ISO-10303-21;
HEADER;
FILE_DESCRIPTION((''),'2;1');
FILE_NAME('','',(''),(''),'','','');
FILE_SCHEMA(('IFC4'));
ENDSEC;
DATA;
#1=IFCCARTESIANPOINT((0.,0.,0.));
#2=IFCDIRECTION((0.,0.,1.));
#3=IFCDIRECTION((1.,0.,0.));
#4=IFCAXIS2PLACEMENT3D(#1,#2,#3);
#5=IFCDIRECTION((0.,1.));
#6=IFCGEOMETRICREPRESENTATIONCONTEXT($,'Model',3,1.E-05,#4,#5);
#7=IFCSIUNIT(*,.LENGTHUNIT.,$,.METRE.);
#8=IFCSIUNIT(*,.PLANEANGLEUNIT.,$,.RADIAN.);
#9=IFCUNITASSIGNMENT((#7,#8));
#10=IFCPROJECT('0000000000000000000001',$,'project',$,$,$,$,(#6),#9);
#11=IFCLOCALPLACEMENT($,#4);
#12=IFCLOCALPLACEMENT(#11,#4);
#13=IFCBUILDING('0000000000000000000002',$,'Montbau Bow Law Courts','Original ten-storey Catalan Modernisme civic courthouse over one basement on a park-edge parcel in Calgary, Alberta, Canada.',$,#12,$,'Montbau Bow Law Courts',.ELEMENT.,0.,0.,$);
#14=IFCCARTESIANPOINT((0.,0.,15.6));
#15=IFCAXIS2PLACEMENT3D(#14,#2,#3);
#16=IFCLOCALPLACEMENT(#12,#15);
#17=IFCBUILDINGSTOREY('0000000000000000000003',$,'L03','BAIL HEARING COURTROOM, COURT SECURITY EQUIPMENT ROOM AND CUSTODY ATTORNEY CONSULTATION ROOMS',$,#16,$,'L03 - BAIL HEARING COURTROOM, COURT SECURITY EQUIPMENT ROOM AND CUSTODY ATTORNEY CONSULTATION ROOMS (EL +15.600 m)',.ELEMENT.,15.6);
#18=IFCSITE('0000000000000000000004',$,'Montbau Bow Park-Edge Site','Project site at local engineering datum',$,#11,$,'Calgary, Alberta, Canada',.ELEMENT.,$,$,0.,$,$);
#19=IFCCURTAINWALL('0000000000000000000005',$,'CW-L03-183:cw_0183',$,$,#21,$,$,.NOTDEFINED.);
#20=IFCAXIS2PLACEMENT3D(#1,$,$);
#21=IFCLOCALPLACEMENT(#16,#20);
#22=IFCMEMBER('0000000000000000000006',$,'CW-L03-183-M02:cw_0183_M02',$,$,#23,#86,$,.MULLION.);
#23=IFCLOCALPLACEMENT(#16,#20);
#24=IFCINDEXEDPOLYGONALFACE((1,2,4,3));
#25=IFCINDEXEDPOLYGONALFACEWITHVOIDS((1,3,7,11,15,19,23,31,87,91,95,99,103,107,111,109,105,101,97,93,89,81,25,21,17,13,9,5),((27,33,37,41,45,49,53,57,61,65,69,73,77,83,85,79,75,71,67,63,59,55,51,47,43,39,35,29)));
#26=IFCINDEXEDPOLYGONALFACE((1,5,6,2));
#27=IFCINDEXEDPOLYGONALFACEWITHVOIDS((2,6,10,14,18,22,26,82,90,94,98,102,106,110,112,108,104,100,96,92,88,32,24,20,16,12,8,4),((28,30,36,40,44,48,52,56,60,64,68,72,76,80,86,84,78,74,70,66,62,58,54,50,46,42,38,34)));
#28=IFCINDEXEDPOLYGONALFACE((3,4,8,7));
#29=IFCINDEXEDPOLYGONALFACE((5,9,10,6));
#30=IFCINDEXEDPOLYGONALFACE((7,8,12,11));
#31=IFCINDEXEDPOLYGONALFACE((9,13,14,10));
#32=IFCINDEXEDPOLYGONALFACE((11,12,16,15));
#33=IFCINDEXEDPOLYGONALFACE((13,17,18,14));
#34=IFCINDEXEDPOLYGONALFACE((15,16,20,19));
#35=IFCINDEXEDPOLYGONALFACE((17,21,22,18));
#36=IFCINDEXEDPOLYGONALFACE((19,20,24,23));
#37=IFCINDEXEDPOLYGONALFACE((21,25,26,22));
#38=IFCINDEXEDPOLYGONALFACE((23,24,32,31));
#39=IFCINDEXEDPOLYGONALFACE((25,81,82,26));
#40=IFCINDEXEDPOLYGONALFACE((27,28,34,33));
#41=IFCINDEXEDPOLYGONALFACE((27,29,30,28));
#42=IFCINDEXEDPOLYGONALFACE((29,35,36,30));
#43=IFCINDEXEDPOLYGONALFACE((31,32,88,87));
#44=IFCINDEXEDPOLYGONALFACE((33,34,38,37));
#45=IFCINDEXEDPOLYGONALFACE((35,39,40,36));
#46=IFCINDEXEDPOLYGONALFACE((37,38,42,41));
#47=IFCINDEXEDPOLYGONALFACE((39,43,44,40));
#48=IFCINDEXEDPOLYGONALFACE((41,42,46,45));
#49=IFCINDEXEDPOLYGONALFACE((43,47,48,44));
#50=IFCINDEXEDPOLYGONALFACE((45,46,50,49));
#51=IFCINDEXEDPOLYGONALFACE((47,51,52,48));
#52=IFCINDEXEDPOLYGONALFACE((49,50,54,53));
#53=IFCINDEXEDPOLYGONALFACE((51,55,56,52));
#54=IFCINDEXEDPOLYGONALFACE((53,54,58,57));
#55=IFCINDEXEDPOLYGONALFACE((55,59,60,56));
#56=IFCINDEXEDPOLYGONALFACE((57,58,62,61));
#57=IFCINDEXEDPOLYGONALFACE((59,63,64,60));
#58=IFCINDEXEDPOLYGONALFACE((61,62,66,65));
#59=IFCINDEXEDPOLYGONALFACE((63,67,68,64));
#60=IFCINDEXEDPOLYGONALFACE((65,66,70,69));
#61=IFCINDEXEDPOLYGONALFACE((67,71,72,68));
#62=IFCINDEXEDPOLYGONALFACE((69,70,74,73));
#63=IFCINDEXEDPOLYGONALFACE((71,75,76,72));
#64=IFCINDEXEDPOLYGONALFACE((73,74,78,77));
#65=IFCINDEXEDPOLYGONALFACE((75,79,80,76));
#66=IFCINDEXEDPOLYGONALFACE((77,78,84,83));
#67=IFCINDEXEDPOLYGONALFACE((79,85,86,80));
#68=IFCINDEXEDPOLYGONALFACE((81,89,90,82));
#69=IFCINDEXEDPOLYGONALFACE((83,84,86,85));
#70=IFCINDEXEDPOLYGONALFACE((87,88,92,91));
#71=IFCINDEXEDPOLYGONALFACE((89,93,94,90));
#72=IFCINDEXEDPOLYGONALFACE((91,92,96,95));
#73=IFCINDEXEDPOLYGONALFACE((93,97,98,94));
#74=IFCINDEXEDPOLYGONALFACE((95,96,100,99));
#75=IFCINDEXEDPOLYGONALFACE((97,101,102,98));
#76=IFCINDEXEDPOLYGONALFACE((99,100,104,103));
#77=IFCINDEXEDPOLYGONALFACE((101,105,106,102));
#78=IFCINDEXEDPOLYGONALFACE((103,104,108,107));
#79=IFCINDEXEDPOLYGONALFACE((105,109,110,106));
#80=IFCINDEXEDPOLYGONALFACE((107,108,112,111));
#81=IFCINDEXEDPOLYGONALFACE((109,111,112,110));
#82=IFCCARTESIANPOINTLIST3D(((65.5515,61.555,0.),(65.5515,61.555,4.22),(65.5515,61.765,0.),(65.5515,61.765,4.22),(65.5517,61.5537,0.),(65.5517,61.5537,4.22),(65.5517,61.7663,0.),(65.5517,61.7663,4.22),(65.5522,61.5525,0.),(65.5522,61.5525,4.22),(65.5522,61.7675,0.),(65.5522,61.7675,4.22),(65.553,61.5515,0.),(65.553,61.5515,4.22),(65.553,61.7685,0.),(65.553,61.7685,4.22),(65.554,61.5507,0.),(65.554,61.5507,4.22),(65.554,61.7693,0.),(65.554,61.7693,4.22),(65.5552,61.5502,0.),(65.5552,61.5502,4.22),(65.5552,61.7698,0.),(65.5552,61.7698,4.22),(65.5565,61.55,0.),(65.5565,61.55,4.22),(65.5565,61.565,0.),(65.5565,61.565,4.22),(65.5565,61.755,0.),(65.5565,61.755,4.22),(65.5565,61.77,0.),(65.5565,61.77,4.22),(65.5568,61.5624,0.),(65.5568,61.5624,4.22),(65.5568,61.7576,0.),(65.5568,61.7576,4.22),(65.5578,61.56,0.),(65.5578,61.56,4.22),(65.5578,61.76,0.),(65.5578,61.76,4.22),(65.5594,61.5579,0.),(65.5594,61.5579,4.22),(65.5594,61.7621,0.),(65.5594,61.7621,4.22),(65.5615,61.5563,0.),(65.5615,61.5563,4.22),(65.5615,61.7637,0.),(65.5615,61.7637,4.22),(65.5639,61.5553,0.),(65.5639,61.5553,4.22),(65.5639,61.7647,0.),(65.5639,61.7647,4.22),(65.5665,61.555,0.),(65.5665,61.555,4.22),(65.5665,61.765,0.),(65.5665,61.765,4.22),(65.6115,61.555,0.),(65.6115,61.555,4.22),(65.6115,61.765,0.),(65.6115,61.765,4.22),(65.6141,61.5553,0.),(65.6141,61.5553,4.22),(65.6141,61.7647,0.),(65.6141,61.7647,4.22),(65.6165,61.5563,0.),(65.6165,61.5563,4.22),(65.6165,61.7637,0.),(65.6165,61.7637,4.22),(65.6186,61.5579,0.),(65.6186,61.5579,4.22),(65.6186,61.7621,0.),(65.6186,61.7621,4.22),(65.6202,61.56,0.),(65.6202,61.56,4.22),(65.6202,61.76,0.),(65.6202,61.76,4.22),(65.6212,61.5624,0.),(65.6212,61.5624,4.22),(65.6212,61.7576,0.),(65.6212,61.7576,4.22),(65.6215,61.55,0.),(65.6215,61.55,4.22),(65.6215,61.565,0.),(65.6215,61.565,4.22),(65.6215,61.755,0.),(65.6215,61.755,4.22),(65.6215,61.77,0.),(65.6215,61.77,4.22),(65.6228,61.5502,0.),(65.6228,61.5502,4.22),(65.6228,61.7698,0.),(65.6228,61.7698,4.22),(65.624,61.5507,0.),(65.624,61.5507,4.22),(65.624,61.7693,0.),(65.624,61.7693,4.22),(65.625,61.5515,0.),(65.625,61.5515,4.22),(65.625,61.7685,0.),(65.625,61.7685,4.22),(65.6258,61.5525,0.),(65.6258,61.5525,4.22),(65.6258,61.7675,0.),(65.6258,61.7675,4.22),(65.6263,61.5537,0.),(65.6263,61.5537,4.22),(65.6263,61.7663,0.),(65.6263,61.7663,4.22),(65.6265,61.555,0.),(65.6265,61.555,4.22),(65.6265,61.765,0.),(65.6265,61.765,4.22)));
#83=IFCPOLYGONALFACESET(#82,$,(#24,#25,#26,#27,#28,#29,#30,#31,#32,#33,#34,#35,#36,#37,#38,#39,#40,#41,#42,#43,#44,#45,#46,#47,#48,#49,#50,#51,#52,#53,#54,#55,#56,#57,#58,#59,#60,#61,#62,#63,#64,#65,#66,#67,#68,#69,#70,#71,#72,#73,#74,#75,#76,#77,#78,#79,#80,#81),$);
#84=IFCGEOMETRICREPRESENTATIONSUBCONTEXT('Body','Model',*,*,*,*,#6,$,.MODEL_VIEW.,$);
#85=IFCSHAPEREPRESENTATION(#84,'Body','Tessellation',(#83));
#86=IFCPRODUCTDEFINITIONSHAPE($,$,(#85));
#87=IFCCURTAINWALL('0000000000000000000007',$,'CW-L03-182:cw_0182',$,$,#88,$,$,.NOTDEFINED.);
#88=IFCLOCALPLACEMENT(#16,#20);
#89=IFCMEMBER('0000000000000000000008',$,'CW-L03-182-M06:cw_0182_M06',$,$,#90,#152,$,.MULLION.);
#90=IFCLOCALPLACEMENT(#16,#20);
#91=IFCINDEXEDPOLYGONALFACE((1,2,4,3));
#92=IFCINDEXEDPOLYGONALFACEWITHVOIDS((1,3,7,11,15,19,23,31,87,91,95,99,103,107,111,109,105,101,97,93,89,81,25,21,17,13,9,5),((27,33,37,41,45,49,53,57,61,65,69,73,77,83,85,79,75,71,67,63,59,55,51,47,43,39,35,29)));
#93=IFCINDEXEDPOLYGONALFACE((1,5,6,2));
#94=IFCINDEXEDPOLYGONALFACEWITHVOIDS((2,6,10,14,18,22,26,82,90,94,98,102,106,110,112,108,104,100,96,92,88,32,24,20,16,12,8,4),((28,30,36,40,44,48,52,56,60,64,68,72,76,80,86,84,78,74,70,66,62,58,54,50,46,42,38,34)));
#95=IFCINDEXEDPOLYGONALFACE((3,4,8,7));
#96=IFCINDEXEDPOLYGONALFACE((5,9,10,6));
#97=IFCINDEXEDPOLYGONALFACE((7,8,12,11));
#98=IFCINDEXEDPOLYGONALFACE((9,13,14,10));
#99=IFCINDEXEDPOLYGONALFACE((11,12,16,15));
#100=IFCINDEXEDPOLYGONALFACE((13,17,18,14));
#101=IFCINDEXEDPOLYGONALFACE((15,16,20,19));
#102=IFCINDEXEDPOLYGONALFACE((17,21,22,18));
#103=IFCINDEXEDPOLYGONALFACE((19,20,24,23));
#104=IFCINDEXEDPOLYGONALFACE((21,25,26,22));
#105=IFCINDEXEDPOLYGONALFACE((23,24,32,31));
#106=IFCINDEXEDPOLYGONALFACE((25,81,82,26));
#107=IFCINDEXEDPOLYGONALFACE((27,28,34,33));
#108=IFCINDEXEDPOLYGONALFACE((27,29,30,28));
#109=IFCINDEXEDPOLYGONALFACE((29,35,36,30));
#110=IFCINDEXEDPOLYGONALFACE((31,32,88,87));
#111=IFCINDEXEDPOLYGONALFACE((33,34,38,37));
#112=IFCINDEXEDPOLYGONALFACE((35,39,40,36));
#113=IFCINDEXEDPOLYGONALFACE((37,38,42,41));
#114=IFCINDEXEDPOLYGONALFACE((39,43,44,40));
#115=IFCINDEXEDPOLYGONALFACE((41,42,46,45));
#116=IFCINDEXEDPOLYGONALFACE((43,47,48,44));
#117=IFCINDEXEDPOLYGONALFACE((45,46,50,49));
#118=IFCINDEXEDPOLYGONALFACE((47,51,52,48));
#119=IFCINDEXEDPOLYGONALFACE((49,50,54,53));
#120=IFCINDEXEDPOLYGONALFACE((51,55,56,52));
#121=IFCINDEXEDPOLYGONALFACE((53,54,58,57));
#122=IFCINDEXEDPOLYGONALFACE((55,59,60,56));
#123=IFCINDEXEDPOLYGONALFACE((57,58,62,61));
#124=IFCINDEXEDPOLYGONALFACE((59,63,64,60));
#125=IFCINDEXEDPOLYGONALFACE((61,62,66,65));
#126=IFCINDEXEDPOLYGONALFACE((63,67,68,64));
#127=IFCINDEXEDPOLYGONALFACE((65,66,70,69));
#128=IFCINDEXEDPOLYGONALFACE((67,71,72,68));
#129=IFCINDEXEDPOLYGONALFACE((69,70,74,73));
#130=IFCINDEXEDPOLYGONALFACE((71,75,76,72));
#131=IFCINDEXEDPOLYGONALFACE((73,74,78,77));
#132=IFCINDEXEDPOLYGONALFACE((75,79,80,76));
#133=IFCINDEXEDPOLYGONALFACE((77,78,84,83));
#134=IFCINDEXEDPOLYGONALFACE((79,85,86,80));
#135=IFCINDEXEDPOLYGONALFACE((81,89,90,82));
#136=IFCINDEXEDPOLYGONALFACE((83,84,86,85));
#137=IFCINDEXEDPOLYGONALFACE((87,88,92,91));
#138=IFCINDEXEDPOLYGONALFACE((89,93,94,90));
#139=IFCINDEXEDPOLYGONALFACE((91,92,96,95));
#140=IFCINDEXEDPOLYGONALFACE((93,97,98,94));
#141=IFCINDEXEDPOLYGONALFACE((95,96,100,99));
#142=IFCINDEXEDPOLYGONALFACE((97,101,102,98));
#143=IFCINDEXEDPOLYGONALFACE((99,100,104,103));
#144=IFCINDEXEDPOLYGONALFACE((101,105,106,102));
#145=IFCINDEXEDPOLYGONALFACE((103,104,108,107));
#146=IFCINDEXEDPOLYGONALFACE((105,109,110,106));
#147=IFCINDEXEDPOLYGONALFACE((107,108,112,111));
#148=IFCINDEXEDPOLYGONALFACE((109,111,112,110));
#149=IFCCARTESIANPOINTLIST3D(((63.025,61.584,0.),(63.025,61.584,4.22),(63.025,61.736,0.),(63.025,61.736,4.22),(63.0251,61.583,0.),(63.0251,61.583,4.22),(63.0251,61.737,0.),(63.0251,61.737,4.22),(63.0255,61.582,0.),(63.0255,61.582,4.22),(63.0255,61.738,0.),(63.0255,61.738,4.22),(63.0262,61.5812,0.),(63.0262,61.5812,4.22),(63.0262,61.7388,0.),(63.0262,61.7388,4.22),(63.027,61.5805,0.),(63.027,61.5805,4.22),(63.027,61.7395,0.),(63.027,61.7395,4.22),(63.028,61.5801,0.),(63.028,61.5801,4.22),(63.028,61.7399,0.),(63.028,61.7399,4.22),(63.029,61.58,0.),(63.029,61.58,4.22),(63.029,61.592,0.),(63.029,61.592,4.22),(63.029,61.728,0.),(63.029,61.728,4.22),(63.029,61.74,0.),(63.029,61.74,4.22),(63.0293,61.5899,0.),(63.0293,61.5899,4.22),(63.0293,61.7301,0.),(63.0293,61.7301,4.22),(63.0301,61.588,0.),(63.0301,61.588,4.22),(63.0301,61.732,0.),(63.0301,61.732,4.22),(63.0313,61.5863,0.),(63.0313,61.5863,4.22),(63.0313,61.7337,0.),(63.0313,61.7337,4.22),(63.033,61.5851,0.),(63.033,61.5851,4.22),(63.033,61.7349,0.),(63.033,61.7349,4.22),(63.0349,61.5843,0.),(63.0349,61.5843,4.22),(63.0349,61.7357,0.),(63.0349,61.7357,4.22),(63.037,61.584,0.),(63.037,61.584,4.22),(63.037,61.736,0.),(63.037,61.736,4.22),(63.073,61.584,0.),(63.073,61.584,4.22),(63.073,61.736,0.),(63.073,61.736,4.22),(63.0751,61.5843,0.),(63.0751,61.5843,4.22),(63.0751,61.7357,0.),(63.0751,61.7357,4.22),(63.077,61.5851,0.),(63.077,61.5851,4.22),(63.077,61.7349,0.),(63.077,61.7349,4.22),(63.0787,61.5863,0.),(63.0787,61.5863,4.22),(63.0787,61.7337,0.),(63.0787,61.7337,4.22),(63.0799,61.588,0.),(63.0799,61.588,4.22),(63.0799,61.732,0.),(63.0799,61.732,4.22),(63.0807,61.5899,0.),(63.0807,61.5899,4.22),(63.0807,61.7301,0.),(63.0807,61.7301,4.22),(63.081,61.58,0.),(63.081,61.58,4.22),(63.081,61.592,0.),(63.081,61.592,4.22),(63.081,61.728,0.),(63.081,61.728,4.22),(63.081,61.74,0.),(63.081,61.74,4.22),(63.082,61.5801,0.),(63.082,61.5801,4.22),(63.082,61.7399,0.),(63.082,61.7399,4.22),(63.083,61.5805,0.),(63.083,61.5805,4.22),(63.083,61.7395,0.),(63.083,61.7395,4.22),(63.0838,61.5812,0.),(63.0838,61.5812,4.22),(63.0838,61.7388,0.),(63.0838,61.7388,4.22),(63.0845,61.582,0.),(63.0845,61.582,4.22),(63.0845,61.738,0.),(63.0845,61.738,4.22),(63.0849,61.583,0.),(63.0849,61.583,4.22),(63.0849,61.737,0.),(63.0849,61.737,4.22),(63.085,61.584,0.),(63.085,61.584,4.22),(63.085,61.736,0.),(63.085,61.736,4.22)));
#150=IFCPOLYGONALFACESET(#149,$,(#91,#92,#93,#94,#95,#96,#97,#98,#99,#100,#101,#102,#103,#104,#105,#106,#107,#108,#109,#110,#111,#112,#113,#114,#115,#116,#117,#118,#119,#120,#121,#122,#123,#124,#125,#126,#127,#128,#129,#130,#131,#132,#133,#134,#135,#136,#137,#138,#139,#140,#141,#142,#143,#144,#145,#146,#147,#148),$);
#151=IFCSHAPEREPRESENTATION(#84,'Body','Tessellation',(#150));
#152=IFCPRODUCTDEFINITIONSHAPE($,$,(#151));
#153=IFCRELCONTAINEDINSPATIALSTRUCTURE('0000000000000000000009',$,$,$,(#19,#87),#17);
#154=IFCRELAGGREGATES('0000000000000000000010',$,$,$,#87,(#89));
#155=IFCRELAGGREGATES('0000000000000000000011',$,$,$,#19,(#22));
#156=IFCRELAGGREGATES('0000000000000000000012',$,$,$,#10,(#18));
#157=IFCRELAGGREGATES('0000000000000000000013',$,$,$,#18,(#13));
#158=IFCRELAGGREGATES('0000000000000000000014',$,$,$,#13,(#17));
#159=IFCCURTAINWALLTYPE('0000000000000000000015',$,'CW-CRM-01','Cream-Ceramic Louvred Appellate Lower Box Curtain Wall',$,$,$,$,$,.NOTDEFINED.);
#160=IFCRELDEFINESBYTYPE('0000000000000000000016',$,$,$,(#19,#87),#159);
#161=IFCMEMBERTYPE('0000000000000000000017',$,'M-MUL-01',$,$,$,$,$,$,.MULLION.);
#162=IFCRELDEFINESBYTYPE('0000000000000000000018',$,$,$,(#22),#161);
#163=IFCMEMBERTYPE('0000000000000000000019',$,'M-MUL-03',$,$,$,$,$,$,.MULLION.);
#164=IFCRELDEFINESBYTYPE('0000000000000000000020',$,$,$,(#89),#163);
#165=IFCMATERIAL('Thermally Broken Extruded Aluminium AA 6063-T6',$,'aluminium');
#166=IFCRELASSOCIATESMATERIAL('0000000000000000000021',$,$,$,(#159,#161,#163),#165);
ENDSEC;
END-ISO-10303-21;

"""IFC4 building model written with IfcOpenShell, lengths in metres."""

from ifc_helpers import new_model, si_unit, direction, frame, origin_with_axes, origin_2d_with_axis, place, context, subcontext, project, spatial, hollow_rectangle, extrude, material, material_profile, profile_set, type_object, element, aggregate, save


model = new_model("IFC4")

# Units and contexts
model_context = context("Model", 3, precision=1e-05, world=origin_with_axes(), true_north=direction((0.0, 1.0)))
body_context = subcontext(model_context, "Body", "Model", "MODEL_VIEW")
ifc_project = project(units=[si_unit("LENGTHUNIT", "METRE"), si_unit("PLANEANGLEUNIT", "RADIAN")], contexts=[model_context])

# Site, building, storey
site_placement = place(None, origin_with_axes())
site = spatial("IfcSite", under=ifc_project, at=site_placement, Name="Montbau Bow Park-Edge Site", Description="Project site at local engineering datum", LongName="Calgary, Alberta, Canada", CompositionType="ELEMENT", RefElevation=0.0)
building_placement = place(site_placement, origin_with_axes())
building = spatial("IfcBuilding", under=site, at=building_placement, Name="Montbau Bow Law Courts", Description="Original ten-storey Catalan Modernisme civic courthouse over one basement on a park-edge parcel in Calgary, Alberta, Canada.", LongName="Montbau Bow Law Courts", CompositionType="ELEMENT", ElevationOfRefHeight=0.0, ElevationOfTerrain=0.0)
storey_placement = place(building_placement, frame((0.0, 0.0, 15.6), z_axis=(0.0, 0.0, 1.0), x_axis=(1.0, 0.0, 0.0)))
storey = spatial("IfcBuildingStorey", under=building, at=storey_placement, Name="L03", Description="BAIL HEARING COURTROOM, COURT SECURITY EQUIPMENT ROOM AND CUSTODY ATTORNEY CONSULTATION ROOMS", LongName="L03 - BAIL HEARING COURTROOM, COURT SECURITY EQUIPMENT ROOM AND CUSTODY ATTORNEY CONSULTATION ROOMS (EL +15.600 m)", CompositionType="ELEMENT", Elevation=15.6)

# Curtain wall, member
ifc_material_1 = material(Name="Thermally Broken Extruded Aluminium AA 6063-T6", Category="aluminium")
curtain_wall_type = type_object("IfcCurtainWallType", Name="CW-CRM-01", Description="Cream-Ceramic Louvred Appellate Lower Box Curtain Wall", PredefinedType="NOTDEFINED", material=ifc_material_1)
curtain_wall_1_placement = place(None, frame((64.115, 61.66, 15.6), z_axis=(0.0, 0.0, 1.0), x_axis=(1.0, 0.0, 0.0)))
curtain_wall_1 = element("IfcCurtainWall", 1, at=curtain_wall_1_placement, inside=storey, type_object=curtain_wall_type, Name="CW-L03-183:cw_0183", PredefinedType="NOTDEFINED")
ifc_material_profile_1 = material_profile(ifc_material_1, hollow_rectangle(XDim=0.075, YDim=0.22, WallThickness=0.005, InnerFilletRadius=0.01, OuterFilletRadius=0.005, at=origin_2d_with_axis()), Name="CWM-220X75", Category="Main", Priority=0)
ifc_profile_set_1 = profile_set([ifc_material_profile_1], Name="Thermally Broken Extruded Aluminium AA 6063-T6")
member_type_1 = type_object("IfcMemberType", Name="M-MUL-01", PredefinedType="MULLION", material=ifc_profile_set_1)
member_1_placement = place(None, frame((65.589, 61.66, 15.6), z_axis=(0.0, 0.0, 1.0), x_axis=(1.0, 0.0, 0.0)))
member_1 = element("IfcMember", 2, at=member_1_placement, type_object=member_type_1, Name="CW-L03-183-M02:cw_0183_M02", PredefinedType="MULLION", context=body_context, shape_type="SweptSolid", body=[
    extrude(hollow_rectangle(XDim=0.075, YDim=0.22, WallThickness=0.005, InnerFilletRadius=0.01, OuterFilletRadius=0.005, at=origin_2d_with_axis()), origin_with_axes(), (0.0, 0.0, 1.0), 4.22),
])

# Curtain wall, member
curtain_wall_2_placement = place(None, frame((55.715, 61.66, 15.6), z_axis=(0.0, 0.0, 1.0), x_axis=(1.0, 0.0, 0.0)))
curtain_wall_2 = element("IfcCurtainWall", 3, at=curtain_wall_2_placement, inside=storey, type_object=curtain_wall_type, Name="CW-L03-182:cw_0182", PredefinedType="NOTDEFINED")
ifc_material_profile_2 = material_profile(ifc_material_1, hollow_rectangle(XDim=0.06, YDim=0.16, WallThickness=0.004, InnerFilletRadius=0.008, OuterFilletRadius=0.004, at=origin_2d_with_axis()), Name="CWM-160X60", Category="Main", Priority=0)
ifc_profile_set_2 = profile_set([ifc_material_profile_2], Name="Thermally Broken Extruded Aluminium AA 6063-T6")
member_type_2 = type_object("IfcMemberType", Name="M-MUL-03", PredefinedType="MULLION", material=ifc_profile_set_2)
member_2_placement = place(None, frame((63.055, 61.66, 15.6), z_axis=(0.0, 0.0, 1.0), x_axis=(1.0, 0.0, 0.0)))
member_2 = element("IfcMember", 4, at=member_2_placement, type_object=member_type_2, Name="CW-L03-182-M06:cw_0182_M06", PredefinedType="MULLION", context=body_context, shape_type="SweptSolid", body=[
    extrude(hollow_rectangle(XDim=0.06, YDim=0.16, WallThickness=0.004, InnerFilletRadius=0.008, OuterFilletRadius=0.004, at=origin_2d_with_axis()), origin_with_axes(), (0.0, 0.0, 1.0), 4.22),
])
aggregate(curtain_wall_2, [member_2])

aggregate(curtain_wall_1, [member_1])

save(model, "model.ifc")
